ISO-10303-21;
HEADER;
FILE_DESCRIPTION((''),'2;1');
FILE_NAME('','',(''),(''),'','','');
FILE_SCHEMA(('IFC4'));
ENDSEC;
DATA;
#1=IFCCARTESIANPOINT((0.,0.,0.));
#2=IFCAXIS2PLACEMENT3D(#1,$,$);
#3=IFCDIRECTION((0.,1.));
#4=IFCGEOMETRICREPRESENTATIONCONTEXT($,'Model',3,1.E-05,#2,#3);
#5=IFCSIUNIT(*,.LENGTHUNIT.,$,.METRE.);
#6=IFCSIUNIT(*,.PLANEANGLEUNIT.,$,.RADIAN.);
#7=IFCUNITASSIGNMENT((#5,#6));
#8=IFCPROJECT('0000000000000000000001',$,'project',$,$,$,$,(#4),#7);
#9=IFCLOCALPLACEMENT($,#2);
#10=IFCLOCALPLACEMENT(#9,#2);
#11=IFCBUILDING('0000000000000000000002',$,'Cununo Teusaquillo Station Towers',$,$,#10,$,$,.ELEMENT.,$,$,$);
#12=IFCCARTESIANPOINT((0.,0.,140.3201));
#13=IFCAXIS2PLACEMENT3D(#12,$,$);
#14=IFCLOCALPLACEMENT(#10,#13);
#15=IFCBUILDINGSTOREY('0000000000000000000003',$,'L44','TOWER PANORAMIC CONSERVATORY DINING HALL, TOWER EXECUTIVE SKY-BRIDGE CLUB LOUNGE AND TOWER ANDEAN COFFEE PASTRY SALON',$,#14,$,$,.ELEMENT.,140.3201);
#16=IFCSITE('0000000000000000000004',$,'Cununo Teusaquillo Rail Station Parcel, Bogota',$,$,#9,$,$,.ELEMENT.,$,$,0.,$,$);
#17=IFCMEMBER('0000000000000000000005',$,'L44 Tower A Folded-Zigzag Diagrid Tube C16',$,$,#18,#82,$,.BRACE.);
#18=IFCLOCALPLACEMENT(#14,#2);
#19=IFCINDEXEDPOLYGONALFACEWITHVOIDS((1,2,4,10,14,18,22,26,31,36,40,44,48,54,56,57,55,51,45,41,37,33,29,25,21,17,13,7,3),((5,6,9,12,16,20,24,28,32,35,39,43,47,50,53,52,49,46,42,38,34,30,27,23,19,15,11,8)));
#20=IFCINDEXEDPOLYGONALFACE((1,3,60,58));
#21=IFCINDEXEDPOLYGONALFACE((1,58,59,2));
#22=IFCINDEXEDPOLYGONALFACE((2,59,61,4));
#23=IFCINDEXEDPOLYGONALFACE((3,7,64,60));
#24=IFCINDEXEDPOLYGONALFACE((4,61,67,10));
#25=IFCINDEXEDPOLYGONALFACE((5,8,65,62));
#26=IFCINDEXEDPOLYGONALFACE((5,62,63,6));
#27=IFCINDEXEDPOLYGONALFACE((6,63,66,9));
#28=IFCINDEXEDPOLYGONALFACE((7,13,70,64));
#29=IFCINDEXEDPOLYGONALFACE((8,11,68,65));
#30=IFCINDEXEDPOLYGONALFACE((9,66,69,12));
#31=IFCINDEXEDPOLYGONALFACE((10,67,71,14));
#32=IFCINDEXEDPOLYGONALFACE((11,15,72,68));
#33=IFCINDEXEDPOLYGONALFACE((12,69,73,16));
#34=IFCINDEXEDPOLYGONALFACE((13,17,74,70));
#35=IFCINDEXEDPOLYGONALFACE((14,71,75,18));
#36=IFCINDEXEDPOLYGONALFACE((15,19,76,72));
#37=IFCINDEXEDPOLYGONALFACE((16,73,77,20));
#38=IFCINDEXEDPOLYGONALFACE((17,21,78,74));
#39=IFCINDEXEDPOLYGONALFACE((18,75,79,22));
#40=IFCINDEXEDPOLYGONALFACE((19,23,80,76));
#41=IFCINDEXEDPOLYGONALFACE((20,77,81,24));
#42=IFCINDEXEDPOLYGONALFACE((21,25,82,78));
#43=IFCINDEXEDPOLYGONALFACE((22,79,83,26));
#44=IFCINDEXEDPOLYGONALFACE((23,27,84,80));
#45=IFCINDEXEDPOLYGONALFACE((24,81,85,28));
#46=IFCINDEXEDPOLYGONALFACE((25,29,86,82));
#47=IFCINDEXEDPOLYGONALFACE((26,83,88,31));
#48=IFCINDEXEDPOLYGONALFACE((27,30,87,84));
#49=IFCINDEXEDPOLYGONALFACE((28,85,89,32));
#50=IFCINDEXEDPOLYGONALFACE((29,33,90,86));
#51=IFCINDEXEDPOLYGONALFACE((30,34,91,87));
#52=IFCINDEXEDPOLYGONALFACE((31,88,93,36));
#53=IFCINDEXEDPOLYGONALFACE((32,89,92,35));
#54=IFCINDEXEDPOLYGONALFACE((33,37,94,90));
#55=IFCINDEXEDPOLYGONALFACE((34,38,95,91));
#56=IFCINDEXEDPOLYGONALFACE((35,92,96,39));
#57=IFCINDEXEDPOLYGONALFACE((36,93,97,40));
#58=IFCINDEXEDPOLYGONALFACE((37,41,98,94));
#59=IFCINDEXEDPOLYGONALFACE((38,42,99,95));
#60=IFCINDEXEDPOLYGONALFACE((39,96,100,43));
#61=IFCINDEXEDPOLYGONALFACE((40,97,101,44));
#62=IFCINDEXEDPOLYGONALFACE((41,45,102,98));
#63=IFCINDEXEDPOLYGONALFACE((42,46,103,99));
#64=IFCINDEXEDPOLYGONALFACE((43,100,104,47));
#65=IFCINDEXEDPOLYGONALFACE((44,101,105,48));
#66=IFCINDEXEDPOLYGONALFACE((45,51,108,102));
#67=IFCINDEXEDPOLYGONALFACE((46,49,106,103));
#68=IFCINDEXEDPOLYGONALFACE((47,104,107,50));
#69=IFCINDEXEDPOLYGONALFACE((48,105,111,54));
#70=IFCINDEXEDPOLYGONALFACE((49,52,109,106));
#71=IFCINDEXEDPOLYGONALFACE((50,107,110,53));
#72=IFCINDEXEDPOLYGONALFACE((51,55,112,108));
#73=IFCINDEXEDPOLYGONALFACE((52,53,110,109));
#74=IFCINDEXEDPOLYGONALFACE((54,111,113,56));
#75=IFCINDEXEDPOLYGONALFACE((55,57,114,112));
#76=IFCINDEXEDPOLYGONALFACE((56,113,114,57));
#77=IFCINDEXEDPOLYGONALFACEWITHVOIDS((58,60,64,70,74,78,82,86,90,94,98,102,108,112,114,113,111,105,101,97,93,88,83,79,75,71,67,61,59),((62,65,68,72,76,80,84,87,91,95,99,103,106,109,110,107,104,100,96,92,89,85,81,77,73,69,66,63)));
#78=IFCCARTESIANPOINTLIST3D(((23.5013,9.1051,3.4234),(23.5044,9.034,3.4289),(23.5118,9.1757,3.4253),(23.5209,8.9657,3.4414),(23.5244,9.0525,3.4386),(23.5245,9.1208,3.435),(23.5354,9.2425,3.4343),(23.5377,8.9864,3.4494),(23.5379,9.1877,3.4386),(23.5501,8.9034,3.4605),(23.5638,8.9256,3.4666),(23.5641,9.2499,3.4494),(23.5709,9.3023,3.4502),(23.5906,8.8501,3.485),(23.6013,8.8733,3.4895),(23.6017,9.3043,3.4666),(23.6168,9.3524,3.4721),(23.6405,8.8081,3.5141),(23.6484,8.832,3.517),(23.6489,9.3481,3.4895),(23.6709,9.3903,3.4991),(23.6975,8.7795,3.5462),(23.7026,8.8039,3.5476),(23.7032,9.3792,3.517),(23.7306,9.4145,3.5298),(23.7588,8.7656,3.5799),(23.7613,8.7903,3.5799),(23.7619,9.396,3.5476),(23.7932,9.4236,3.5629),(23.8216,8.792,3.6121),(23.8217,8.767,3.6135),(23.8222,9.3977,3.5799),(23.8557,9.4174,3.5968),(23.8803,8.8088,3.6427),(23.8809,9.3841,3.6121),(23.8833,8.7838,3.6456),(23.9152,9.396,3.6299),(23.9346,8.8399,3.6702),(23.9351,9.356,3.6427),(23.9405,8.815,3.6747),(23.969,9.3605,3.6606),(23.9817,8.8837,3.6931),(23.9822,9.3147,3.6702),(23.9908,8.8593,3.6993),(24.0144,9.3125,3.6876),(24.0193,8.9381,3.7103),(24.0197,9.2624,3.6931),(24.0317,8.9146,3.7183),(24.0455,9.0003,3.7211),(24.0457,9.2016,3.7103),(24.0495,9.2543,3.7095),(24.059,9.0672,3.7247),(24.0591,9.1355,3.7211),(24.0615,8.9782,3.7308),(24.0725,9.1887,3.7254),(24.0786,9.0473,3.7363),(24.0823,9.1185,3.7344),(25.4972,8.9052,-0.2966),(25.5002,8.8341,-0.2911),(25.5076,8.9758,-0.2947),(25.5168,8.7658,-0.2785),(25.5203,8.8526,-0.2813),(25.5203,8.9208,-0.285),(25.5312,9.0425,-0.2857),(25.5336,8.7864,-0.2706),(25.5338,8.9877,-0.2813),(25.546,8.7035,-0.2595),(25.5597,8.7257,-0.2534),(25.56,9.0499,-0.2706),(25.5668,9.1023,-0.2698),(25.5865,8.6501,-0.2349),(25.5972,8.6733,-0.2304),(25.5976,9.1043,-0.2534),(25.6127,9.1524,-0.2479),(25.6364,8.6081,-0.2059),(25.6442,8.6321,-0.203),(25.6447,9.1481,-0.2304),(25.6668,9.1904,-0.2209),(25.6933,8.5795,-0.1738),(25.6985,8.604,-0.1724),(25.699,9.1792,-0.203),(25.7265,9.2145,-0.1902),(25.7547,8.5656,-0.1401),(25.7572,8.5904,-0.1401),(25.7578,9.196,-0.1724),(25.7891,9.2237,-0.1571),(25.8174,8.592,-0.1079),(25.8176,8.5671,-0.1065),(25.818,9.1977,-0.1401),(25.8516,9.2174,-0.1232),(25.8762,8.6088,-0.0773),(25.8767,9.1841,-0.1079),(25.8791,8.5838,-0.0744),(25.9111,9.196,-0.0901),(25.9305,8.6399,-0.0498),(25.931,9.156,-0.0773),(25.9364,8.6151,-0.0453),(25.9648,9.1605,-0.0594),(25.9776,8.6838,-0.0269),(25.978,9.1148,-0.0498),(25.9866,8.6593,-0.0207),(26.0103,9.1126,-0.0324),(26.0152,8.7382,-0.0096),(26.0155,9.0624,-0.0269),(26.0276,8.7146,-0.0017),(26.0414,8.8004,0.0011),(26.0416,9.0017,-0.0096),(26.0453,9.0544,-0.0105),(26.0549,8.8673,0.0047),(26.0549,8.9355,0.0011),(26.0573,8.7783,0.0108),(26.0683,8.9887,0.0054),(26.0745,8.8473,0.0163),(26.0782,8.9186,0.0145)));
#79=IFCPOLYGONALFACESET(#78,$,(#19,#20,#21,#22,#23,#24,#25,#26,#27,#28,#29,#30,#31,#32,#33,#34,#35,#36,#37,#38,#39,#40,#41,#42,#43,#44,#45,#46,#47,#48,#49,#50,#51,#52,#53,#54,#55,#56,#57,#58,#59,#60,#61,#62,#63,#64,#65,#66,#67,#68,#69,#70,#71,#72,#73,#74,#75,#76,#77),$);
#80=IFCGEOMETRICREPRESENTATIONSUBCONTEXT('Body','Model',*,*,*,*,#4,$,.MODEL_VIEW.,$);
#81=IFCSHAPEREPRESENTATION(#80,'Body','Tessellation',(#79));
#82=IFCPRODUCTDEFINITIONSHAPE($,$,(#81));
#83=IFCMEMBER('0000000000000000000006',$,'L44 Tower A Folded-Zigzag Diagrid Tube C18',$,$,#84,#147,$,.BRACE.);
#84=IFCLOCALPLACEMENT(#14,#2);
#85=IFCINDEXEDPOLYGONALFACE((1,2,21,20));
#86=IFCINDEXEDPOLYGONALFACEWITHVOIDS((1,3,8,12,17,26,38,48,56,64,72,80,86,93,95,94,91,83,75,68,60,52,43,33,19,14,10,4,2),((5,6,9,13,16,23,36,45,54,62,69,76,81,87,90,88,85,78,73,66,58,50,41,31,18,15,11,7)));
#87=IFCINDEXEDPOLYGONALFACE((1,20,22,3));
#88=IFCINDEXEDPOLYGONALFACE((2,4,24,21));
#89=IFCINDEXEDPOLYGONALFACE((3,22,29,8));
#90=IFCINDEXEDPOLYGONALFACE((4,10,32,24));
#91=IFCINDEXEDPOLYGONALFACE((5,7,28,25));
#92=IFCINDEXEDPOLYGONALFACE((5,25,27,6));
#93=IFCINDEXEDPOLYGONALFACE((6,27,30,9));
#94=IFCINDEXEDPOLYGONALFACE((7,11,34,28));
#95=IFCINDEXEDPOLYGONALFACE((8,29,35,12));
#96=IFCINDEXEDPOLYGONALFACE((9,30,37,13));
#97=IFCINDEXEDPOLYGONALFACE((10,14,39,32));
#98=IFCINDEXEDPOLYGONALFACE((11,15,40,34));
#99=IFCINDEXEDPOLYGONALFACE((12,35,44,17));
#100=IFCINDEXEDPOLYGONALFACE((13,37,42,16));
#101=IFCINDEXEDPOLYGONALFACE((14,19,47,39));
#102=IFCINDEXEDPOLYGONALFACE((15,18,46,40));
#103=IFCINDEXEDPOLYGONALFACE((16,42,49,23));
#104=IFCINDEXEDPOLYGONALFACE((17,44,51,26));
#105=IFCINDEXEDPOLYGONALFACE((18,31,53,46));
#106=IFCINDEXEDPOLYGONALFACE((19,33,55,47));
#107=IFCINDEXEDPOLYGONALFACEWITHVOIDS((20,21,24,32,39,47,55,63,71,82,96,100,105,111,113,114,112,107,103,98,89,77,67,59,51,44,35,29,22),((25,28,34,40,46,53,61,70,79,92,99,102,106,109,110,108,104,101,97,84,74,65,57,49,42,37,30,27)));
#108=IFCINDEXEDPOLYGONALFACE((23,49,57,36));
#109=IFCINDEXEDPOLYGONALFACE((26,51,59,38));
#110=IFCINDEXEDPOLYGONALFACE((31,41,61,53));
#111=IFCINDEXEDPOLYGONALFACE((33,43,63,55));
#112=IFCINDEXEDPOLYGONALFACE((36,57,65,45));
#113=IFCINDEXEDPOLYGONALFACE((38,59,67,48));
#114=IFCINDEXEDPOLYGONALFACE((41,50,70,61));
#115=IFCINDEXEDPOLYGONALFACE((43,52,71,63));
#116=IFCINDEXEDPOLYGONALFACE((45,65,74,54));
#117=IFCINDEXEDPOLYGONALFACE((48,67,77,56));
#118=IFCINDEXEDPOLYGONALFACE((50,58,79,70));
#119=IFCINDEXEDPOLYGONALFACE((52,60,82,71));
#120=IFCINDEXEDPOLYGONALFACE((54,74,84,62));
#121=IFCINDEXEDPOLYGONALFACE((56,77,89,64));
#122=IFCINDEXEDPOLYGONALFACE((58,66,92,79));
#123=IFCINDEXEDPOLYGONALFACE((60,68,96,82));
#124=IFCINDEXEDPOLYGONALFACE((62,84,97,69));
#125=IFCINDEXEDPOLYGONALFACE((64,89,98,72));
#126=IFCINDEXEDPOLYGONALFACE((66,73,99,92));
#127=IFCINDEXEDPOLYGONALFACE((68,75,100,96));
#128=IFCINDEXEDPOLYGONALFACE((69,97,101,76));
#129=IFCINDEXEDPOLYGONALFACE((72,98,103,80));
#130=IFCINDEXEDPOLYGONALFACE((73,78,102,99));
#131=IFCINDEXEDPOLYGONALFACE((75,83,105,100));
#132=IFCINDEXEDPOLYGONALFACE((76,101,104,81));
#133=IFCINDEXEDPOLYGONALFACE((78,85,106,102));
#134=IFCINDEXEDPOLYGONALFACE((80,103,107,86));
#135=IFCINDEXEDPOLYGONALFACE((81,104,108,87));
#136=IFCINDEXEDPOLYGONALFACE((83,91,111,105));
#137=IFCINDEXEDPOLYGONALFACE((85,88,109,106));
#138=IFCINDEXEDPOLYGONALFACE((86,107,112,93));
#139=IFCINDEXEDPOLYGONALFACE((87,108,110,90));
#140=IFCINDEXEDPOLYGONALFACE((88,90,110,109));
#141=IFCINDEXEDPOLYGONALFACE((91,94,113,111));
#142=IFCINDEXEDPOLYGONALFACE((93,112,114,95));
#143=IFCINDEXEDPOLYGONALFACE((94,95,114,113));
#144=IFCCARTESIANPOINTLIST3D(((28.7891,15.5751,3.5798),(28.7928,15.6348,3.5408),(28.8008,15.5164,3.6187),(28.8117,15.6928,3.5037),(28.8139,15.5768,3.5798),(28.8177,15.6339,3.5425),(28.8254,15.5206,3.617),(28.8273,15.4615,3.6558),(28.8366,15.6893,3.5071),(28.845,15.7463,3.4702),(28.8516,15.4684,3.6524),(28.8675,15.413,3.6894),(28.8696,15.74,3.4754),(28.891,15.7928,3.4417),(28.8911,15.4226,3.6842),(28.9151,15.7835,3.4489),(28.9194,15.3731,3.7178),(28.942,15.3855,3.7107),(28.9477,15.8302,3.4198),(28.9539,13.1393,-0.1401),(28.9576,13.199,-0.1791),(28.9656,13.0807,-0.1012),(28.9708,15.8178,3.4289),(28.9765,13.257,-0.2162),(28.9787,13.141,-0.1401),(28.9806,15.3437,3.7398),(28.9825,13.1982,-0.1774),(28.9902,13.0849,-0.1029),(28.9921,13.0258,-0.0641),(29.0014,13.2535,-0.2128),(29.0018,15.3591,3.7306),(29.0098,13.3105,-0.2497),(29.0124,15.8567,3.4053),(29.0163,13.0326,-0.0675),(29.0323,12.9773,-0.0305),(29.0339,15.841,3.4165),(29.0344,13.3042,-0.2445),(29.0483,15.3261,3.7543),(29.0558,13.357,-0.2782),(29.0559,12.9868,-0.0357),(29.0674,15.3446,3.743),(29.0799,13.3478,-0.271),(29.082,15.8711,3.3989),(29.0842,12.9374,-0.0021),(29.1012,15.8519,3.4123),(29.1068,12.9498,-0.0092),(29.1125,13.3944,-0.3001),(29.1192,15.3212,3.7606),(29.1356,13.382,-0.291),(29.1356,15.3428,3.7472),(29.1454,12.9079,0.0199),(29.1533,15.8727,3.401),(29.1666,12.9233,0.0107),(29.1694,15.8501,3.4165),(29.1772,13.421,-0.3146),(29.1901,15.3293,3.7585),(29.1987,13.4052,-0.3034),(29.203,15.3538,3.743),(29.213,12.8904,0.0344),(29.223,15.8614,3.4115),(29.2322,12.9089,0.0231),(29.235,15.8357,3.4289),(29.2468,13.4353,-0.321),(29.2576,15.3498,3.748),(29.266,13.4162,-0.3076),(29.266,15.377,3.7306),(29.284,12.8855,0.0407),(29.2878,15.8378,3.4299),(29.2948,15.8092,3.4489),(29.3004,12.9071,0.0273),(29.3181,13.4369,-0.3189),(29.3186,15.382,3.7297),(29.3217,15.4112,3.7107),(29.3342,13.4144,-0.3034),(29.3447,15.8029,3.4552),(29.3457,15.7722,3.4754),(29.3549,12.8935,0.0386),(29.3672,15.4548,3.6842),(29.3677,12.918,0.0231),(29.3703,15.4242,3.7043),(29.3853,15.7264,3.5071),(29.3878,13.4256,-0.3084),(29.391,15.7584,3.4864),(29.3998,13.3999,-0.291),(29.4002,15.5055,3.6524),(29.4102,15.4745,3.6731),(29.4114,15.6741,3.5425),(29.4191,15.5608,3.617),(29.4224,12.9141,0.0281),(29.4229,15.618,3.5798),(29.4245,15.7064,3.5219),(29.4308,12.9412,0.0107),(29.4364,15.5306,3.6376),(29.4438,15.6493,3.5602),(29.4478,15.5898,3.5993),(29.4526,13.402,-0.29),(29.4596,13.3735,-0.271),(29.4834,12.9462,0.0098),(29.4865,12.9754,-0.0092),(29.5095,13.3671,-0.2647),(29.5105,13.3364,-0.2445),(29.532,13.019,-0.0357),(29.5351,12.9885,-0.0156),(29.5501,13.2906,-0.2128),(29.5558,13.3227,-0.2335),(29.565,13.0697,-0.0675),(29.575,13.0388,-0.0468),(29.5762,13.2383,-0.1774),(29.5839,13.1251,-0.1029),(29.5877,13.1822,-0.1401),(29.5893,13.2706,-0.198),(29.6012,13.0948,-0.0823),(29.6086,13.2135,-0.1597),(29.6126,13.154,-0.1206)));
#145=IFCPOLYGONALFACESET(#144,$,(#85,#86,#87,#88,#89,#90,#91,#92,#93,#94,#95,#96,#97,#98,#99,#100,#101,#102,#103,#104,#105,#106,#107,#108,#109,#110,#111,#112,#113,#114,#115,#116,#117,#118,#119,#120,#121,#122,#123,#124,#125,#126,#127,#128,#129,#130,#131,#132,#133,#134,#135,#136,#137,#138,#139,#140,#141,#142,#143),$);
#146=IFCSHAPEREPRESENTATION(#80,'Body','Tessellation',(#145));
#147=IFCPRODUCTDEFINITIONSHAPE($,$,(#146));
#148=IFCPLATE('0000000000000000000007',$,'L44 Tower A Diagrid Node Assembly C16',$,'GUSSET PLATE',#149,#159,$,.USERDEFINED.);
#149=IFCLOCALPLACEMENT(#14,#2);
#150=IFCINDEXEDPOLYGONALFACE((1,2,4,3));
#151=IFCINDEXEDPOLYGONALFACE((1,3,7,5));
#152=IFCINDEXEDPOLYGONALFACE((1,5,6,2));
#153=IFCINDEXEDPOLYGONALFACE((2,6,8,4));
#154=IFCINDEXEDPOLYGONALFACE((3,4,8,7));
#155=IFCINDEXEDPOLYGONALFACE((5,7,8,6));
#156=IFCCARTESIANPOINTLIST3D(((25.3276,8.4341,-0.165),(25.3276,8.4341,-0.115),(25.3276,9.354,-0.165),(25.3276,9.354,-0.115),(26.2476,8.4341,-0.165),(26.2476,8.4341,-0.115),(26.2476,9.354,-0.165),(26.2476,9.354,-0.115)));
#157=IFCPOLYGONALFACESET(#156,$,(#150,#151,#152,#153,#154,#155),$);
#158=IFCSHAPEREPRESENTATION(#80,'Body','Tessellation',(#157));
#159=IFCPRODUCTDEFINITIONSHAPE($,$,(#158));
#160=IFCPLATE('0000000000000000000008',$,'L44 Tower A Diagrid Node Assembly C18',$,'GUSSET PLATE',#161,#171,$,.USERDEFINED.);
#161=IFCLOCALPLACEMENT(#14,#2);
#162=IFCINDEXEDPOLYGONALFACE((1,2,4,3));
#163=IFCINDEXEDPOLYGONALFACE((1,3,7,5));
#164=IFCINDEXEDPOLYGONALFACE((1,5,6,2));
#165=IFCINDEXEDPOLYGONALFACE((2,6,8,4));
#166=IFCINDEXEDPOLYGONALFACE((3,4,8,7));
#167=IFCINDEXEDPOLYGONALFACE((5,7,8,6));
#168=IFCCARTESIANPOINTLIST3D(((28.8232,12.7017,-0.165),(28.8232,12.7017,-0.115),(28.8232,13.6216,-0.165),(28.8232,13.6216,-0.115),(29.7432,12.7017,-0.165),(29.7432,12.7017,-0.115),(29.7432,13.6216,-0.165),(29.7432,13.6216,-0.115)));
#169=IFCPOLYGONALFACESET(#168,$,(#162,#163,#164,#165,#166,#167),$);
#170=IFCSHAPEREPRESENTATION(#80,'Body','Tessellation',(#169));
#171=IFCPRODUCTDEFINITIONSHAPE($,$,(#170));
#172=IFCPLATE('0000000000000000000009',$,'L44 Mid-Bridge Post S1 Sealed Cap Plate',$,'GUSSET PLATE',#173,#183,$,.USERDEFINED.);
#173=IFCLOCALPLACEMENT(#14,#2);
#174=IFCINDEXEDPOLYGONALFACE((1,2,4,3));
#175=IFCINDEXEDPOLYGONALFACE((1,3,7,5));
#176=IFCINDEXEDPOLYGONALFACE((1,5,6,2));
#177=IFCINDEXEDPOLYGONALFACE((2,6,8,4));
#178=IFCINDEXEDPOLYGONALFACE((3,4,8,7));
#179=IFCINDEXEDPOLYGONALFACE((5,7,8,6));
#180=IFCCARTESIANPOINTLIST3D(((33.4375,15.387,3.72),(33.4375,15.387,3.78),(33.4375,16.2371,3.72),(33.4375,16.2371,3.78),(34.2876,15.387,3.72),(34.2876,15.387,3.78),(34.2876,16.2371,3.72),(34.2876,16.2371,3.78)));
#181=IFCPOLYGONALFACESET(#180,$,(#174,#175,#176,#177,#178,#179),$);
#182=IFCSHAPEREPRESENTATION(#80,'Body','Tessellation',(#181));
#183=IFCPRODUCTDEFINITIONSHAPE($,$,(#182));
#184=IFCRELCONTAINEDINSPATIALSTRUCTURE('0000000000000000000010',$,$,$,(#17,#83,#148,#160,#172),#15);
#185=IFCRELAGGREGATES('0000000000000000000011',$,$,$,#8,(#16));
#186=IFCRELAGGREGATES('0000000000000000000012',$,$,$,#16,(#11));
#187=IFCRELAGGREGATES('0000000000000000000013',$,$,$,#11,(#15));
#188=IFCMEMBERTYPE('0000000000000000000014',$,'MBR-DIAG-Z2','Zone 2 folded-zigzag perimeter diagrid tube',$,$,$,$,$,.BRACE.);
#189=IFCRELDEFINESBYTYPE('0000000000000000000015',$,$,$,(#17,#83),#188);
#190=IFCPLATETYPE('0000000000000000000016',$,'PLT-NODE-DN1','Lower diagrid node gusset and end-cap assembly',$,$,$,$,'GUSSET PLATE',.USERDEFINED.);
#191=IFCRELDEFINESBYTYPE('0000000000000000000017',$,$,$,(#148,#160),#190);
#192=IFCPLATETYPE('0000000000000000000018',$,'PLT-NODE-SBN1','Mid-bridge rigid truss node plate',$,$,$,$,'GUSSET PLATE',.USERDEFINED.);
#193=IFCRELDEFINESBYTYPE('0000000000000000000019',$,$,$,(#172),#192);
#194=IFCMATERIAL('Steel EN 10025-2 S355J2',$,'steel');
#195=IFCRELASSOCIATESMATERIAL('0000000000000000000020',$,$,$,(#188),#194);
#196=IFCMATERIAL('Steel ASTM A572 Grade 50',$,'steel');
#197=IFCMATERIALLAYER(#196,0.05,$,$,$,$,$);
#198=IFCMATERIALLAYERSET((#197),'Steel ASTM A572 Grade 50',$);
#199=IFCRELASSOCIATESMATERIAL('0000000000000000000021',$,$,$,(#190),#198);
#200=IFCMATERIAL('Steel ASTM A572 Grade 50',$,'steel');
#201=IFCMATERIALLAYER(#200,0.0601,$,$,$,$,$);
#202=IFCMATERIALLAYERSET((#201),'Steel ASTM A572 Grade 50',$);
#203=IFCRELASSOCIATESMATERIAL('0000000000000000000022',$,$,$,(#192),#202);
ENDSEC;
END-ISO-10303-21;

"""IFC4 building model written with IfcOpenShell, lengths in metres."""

from ifc_helpers import new_model, si_unit, direction, frame, origin, origin_2d, place, context, subcontext, project, spatial, rectangle, hollow_circle, extrude, source, transform, mapped, material, layer, layer_set, material_profile, profile_set, type_object, element, save


model = new_model("IFC4")

# Units and contexts
model_context = context("Model", 3, precision=1e-05, world=origin(), true_north=direction((0.0, 1.0)))
body_context = subcontext(model_context, "Body", "Model", "MODEL_VIEW")
ifc_project = project(units=[si_unit("LENGTHUNIT", "METRE"), si_unit("PLANEANGLEUNIT", "RADIAN")], contexts=[model_context])

# Site, building, storey
site_placement = place(None, origin())
site = spatial("IfcSite", under=ifc_project, at=site_placement, Name="Cununo Teusaquillo Rail Station Parcel, Bogota", CompositionType="ELEMENT", RefElevation=0.0)
building_placement = place(site_placement, origin())
building = spatial("IfcBuilding", under=site, at=building_placement, Name="Cununo Teusaquillo Station Towers", CompositionType="ELEMENT")
storey_placement = place(building_placement, frame((0.0, 0.0, 140.3201)))
storey = spatial("IfcBuildingStorey", under=building, at=storey_placement, Name="L44", Description="TOWER PANORAMIC CONSERVATORY DINING HALL, TOWER EXECUTIVE SKY-BRIDGE CLUB LOUNGE AND TOWER ANDEAN COFFEE PASTRY SALON", CompositionType="ELEMENT", Elevation=140.3201)

# Members
ifc_material_1 = material(Name="Steel EN 10025-2 S355J2", Category="steel")
ifc_material_profile_1 = material_profile(ifc_material_1, hollow_circle(Radius=0.3301, WallThickness=0.0249, at=origin_2d()), Name="CHS 660x25")
ifc_profile_set_1 = profile_set([ifc_material_profile_1], Name="Steel EN 10025-2 S355J2")
member_type_1 = type_object("IfcMemberType", Name="MBR-DIAG-Z2", Description="Zone 2 folded-zigzag perimeter diagrid tube", PredefinedType="BRACE", material=ifc_profile_set_1)
member_1_placement = place(storey_placement, frame((25.7876, 8.894, -0.1401), z_axis=(-0.472246, 0.047311, 0.880196), x_axis=(-0.099684, -0.995019, 0.0)))
element("IfcMember", 1, at=member_1_placement, inside=storey, type_object=member_type_1, Name="L44 Tower A Folded-Zigzag Diagrid Tube C16", PredefinedType="BRACE", context=body_context, shape_type="SweptSolid", body=[
    extrude(hollow_circle(Radius=0.3301, WallThickness=0.0249, at=origin_2d()), origin(), (0.0, 0.0, 1.0), 4.2263),
])
member_2_placement = place(storey_placement, frame((29.2832, 13.1616, -0.1401), z_axis=(-0.037036, 0.547425, 0.836035), x_axis=(-0.997719, -0.067501, 0.0)))
element("IfcMember", 2, at=member_2_placement, inside=storey, type_object=member_type_1, Name="L44 Tower A Folded-Zigzag Diagrid Tube C18", PredefinedType="BRACE", context=body_context, shape_type="SweptSolid", body=[
    extrude(hollow_circle(Radius=0.3301, WallThickness=0.0249, at=origin_2d()), origin(), (0.0, 0.0, 1.0), 4.4495),
])

# Plates
ifc_material_2 = material(Name="Steel ASTM A572 Grade 50", Category="steel")
ifc_layer_1 = layer(ifc_material_2, 0.05)
ifc_layer_set_1 = layer_set([ifc_layer_1], Name="Steel ASTM A572 Grade 50")
plate_type_1 = type_object("IfcPlateType", Name="PLT-NODE-DN1", Description="Lower diagrid node gusset and end-cap assembly", ElementType="GUSSET PLATE", PredefinedType="USERDEFINED", material=ifc_layer_set_1)
shared_shape_1 = source(origin(), body_context, "Body", "SweptSolid", [
    extrude(rectangle(XDim=0.9199, YDim=0.9199, at=origin_2d()), origin(), (0.0, 0.0, 1.0), 0.05),
])
for number, where, z_axis, x_axis, name in (
    (3, (25.7876, 8.894, -0.165), (0.0, 0.0, 1.0), (1.0, 0.0, 0.0), "L44 Tower A Diagrid Node Assembly C16"),
    (4, (29.2832, 13.1616, -0.165), (0.0, 0.0, 1.0), (1.0, 0.0, 0.0), "L44 Tower A Diagrid Node Assembly C18"),
):
    element("IfcPlate", number, at=place(storey_placement, frame(where, z_axis=z_axis, x_axis=x_axis)), inside=storey, type_object=plate_type_1, Name=name, ObjectType="GUSSET PLATE", PredefinedType="USERDEFINED", context=body_context, shape_type="MappedRepresentation", body=[
        mapped(shared_shape_1, transform((0.0, 0.0, 0.0), x_axis=(1.0, 0.0, 0.0), y_axis=(0.0, 1.0, 0.0), z_axis=(0.0, 0.0, 1.0), scale=1.0)),
    ])
ifc_material_3 = material(Name="Steel ASTM A572 Grade 50", Category="steel")
ifc_layer_2 = layer(ifc_material_3, 0.0601)
ifc_layer_set_2 = layer_set([ifc_layer_2], Name="Steel ASTM A572 Grade 50")
plate_type_2 = type_object("IfcPlateType", Name="PLT-NODE-SBN1", Description="Mid-bridge rigid truss node plate", ElementType="GUSSET PLATE", PredefinedType="USERDEFINED", material=ifc_layer_set_2)
shared_shape_2 = source(origin(), body_context, "Body", "SweptSolid", [
    extrude(rectangle(XDim=0.8501, YDim=0.8501, at=origin_2d()), origin(), (0.0, 0.0, 1.0), 0.0601),
])
plate_placement = place(storey_placement, frame((33.8625, 15.812, 3.72), z_axis=(0.0, 0.0, 1.0), x_axis=(1.0, 0.0, 0.0)))
element("IfcPlate", 5, at=plate_placement, inside=storey, type_object=plate_type_2, Name="L44 Mid-Bridge Post S1 Sealed Cap Plate", ObjectType="GUSSET PLATE", PredefinedType="USERDEFINED", context=body_context, shape_type="MappedRepresentation", body=[
    mapped(shared_shape_2, transform((0.0, 0.0, 0.0), x_axis=(1.0, 0.0, 0.0), y_axis=(0.0, 1.0, 0.0), z_axis=(0.0, 0.0, 1.0), scale=1.0)),
])

save(model, "model.ifc")
